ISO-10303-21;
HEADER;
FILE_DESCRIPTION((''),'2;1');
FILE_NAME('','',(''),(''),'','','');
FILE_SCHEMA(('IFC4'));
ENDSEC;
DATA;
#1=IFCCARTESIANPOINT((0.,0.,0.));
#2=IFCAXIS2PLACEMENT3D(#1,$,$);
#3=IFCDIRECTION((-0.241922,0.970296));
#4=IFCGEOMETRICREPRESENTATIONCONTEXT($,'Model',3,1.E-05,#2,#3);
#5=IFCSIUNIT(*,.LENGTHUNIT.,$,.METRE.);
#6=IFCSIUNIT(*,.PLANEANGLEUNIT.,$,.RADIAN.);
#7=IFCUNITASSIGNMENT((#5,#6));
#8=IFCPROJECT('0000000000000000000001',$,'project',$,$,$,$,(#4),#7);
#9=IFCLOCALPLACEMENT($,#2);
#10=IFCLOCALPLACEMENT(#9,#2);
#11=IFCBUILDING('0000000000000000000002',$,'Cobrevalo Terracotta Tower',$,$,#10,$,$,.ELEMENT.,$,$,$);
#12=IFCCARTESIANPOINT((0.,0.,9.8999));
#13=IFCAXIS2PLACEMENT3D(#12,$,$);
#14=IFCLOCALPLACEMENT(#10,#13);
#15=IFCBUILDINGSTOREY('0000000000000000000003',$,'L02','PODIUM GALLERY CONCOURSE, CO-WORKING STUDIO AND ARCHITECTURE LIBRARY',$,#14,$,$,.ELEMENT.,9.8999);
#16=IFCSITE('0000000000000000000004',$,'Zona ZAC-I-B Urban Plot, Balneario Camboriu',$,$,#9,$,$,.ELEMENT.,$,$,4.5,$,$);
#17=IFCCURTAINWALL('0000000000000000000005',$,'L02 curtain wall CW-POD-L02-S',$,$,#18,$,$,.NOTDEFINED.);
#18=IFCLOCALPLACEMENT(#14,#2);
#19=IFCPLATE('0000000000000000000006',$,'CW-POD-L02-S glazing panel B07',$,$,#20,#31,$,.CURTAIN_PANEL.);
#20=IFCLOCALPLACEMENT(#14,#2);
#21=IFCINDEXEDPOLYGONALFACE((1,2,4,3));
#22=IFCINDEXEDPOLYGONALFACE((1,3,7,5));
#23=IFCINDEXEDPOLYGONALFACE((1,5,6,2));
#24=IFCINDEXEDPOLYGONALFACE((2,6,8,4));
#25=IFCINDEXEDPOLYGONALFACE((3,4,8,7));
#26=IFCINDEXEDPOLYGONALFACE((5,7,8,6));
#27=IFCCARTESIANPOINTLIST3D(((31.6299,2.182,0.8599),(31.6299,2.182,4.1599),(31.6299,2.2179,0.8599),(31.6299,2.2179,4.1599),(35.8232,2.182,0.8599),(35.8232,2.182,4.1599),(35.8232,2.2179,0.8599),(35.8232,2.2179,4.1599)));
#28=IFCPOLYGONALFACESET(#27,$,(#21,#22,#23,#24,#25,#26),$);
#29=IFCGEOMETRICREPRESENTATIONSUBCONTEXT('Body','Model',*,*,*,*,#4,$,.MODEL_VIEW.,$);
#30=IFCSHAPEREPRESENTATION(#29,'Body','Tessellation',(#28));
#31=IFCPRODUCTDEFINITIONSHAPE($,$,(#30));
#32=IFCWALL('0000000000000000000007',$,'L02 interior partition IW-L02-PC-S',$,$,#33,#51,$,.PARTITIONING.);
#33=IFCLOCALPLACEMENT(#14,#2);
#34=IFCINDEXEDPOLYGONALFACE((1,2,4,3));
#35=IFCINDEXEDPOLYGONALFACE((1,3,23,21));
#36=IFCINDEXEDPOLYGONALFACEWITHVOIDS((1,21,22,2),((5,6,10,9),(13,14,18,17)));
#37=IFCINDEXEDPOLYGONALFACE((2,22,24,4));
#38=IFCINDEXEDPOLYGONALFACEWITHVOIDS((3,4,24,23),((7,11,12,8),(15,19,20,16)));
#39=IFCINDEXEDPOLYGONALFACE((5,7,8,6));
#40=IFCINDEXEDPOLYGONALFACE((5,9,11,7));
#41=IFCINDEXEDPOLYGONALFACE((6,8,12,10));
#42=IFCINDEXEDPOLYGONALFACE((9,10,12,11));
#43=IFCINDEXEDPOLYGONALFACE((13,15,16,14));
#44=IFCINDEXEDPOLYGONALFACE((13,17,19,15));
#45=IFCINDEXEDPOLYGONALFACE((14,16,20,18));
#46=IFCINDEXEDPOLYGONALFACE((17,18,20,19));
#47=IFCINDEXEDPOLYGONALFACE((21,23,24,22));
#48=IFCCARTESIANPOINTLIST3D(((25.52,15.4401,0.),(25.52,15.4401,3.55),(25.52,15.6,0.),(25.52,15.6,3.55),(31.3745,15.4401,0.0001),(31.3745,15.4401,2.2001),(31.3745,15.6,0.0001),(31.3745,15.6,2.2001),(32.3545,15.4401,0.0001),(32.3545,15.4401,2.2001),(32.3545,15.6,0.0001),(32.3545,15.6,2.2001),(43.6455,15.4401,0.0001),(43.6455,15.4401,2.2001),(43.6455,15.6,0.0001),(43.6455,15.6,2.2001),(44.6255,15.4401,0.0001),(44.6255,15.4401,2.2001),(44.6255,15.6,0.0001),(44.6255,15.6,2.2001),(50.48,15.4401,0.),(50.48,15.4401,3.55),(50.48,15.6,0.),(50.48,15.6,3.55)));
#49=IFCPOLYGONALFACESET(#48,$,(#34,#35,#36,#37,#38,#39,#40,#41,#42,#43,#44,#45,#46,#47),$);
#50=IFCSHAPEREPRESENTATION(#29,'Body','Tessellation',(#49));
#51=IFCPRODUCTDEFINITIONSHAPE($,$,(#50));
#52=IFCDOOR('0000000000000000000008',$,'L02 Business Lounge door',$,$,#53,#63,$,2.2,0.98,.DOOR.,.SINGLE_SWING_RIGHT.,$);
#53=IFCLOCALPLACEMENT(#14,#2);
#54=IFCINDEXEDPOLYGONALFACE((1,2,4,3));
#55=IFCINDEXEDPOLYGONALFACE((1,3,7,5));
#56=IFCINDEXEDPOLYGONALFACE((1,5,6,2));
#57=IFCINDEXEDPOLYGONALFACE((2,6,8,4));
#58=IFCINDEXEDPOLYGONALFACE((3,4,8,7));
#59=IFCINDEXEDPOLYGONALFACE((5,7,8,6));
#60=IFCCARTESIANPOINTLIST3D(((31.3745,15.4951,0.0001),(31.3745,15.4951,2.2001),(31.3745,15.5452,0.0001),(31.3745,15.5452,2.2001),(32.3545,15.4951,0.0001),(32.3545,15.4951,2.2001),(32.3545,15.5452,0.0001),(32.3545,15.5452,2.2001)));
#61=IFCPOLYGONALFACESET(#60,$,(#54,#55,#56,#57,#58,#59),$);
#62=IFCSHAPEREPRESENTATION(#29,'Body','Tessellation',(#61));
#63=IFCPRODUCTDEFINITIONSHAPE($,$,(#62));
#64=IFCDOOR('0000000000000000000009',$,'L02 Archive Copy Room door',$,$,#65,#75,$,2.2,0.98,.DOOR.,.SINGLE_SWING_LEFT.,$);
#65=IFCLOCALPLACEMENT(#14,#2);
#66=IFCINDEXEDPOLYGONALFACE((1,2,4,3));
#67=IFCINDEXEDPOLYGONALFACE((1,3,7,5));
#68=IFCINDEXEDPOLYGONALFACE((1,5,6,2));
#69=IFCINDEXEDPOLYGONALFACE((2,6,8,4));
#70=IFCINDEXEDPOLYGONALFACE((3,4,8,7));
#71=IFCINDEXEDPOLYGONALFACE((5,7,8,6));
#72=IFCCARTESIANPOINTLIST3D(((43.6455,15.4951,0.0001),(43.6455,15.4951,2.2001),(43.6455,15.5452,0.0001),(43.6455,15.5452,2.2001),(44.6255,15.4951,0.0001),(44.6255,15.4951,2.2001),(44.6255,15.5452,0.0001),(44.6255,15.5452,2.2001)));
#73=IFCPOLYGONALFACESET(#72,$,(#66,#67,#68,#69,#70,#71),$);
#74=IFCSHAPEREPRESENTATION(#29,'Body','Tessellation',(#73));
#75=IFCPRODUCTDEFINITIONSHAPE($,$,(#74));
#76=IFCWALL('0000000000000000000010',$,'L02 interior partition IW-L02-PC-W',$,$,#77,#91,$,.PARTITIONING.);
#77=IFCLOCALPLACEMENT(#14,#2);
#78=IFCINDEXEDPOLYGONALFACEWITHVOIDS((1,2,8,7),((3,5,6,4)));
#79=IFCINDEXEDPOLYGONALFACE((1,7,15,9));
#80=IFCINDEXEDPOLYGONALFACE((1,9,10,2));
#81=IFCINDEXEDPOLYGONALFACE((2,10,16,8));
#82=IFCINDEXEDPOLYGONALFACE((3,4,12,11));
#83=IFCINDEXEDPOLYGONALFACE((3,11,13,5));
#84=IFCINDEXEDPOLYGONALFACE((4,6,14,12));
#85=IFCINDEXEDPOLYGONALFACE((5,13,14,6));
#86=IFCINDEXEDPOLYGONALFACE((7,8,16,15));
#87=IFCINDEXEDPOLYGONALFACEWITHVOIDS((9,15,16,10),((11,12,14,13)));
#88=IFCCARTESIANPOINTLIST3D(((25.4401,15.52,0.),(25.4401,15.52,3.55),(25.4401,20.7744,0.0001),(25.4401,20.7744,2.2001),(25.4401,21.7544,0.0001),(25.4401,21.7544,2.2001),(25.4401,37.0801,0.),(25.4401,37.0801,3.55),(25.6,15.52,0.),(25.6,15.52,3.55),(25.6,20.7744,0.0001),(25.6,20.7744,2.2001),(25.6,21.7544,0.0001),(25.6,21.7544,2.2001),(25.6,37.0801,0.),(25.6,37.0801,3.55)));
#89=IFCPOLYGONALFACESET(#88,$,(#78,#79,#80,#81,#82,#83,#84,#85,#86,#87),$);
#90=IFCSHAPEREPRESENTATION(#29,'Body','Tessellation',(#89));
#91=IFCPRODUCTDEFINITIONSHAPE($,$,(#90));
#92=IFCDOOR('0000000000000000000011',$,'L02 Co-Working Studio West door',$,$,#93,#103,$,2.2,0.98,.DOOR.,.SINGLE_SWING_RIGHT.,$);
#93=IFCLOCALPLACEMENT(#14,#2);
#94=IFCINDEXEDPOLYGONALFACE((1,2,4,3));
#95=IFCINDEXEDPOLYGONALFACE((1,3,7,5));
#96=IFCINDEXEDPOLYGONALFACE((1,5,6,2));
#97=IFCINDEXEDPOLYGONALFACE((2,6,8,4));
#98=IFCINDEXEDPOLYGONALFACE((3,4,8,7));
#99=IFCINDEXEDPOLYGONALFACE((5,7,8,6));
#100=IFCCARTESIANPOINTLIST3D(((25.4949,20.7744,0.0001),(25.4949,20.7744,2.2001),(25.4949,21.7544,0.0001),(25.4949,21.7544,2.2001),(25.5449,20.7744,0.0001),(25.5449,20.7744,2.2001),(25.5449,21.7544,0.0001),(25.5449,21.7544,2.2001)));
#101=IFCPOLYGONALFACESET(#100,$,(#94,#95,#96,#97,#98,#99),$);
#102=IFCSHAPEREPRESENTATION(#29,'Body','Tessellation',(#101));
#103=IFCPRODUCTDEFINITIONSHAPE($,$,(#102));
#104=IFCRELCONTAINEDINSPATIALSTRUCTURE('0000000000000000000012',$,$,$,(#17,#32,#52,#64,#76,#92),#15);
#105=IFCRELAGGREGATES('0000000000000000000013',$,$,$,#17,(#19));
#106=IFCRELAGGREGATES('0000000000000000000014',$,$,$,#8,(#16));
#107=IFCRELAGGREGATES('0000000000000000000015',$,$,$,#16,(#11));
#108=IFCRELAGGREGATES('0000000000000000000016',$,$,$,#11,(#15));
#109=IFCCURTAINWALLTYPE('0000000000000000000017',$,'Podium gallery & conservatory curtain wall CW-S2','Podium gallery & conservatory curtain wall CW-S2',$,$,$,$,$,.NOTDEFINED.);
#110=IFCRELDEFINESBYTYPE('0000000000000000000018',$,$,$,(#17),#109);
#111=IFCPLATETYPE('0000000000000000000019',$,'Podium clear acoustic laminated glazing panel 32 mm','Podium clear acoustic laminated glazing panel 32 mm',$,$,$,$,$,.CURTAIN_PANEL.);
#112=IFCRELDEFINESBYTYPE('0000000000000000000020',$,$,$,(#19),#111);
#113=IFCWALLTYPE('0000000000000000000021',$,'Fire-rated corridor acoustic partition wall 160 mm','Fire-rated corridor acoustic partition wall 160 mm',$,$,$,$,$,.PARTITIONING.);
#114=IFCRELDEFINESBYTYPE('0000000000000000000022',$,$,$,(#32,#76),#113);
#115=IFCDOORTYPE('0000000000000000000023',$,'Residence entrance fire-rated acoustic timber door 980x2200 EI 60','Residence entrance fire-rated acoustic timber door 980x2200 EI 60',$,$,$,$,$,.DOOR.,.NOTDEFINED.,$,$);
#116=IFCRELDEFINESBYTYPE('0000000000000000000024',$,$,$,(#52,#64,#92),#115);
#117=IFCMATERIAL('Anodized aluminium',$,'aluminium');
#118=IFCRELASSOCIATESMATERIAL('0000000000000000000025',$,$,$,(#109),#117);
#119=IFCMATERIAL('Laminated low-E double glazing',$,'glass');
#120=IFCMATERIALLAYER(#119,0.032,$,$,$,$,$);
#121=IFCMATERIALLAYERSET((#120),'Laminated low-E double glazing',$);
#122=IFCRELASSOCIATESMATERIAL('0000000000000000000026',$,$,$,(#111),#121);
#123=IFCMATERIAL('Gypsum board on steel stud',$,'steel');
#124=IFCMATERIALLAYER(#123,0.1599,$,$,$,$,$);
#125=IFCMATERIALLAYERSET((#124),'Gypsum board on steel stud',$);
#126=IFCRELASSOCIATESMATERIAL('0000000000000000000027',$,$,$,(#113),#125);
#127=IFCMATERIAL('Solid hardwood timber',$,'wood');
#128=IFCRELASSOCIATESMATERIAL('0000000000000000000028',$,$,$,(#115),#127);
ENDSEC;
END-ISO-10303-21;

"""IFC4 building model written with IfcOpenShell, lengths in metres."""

from ifc_helpers import new_model, si_unit, direction, frame, frame_2d, origin, origin_2d, place, context, subcontext, project, spatial, rectangle, extrude, source, transform, mapped, material, layer, layer_set, type_object, element, fill, aggregate, save


model = new_model("IFC4")

# Units and contexts
model_context = context("Model", 3, precision=1e-05, world=origin(), true_north=direction((-0.241922, 0.970296)))
body_context = subcontext(model_context, "Body", "Model", "MODEL_VIEW")
ifc_project = project(units=[si_unit("LENGTHUNIT", "METRE"), si_unit("PLANEANGLEUNIT", "RADIAN")], contexts=[model_context])

# Site, building, storey
site_placement = place(None, origin())
site = spatial("IfcSite", under=ifc_project, at=site_placement, Name="Zona ZAC-I-B Urban Plot, Balneario Camboriu", CompositionType="ELEMENT", RefElevation=4.5)
building_placement = place(site_placement, origin())
building = spatial("IfcBuilding", under=site, at=building_placement, Name="Cobrevalo Terracotta Tower", CompositionType="ELEMENT")
storey_placement = place(building_placement, frame((0.0, 0.0, 9.8999)))
storey = spatial("IfcBuildingStorey", under=building, at=storey_placement, Name="L02", Description="PODIUM GALLERY CONCOURSE, CO-WORKING STUDIO AND ARCHITECTURE LIBRARY", CompositionType="ELEMENT", Elevation=9.8999)

# Curtain wall, plate
ifc_material_1 = material(Name="Anodized aluminium", Category="aluminium")
curtain_wall_type = type_object("IfcCurtainWallType", Name="Podium gallery & conservatory curtain wall CW-S2", Description="Podium gallery & conservatory curtain wall CW-S2", PredefinedType="NOTDEFINED", material=ifc_material_1)
curtain_wall_placement = place(storey_placement, origin())
curtain_wall = element("IfcCurtainWall", 1, at=curtain_wall_placement, inside=storey, type_object=curtain_wall_type, Name="L02 curtain wall CW-POD-L02-S", PredefinedType="NOTDEFINED")
ifc_material_2 = material(Name="Laminated low-E double glazing", Category="glass")
ifc_layer_1 = layer(ifc_material_2, 0.032)
ifc_layer_set_1 = layer_set([ifc_layer_1], Name="Laminated low-E double glazing")
plate_type_1 = type_object("IfcPlateType", Name="Podium clear acoustic laminated glazing panel 32 mm", Description="Podium clear acoustic laminated glazing panel 32 mm", PredefinedType="CURTAIN_PANEL", material=ifc_layer_set_1)
shared_shape_1 = source(origin(), body_context, "Body", "SweptSolid", [
    extrude(rectangle(XDim=4.1934, YDim=0.0359, at=origin_2d()), origin(), (0.0, 0.0, 1.0), 3.3),
])
plate_1_placement = place(storey_placement, frame((33.7266, 2.2, 0.8599), z_axis=(0.0, 0.0, 1.0), x_axis=(1.0, 0.0, 0.0)))
plate_1 = element("IfcPlate", 2, at=plate_1_placement, type_object=plate_type_1, Name="CW-POD-L02-S glazing panel B07", PredefinedType="CURTAIN_PANEL", context=body_context, shape_type="MappedRepresentation", body=[
    mapped(shared_shape_1, transform((0.0, 0.0, 0.0), scale=1.0)),
])
aggregate(curtain_wall, [plate_1])

# Wall, openings, doors
ifc_material_3 = material(Name="Gypsum board on steel stud", Category="steel")
ifc_layer_2 = layer(ifc_material_3, 0.1599)
ifc_layer_set_2 = layer_set([ifc_layer_2], Name="Gypsum board on steel stud")
wall_type = type_object("IfcWallType", Name="Fire-rated corridor acoustic partition wall 160 mm", Description="Fire-rated corridor acoustic partition wall 160 mm", PredefinedType="PARTITIONING", material=ifc_layer_set_2)
wall_1_placement = place(storey_placement, frame((25.52, 15.52, 0.0), z_axis=(0.0, 0.0, 1.0), x_axis=(1.0, 0.0, 0.0)))
wall_1 = element("IfcWall", 3, at=wall_1_placement, inside=storey, type_object=wall_type, Name="L02 interior partition IW-L02-PC-S", PredefinedType="PARTITIONING", context=body_context, shape_type="SweptSolid", body=[
    extrude(rectangle(XDim=24.96, YDim=0.1599, at=frame_2d((12.48, 0.0))), origin(), (0.0, 0.0, 1.0), 3.55),
])
opening_1_placement = place(wall_1_placement, frame((5.8545, 0.0, 0.0)))
opening_1 = element("IfcOpeningElement", 4, at=opening_1_placement, cuts=wall_1, PredefinedType="OPENING", context=body_context, shape_type="SweptSolid", body=[
    extrude(rectangle(XDim=0.98, YDim=2.2, at=frame_2d((0.49, 1.1001))), frame((0.0, 0.0898, 0.0), z_axis=(0.0, -1.0, 0.0), x_axis=(1.0, 0.0, 0.0)), (0.0, 0.0, 1.0), 0.1799),
])
opening_2_placement = place(wall_1_placement, frame((18.1255, 0.0, 0.0)))
opening_2 = element("IfcOpeningElement", 5, at=opening_2_placement, cuts=wall_1, PredefinedType="OPENING", context=body_context, shape_type="SweptSolid", body=[
    extrude(rectangle(XDim=0.98, YDim=2.2, at=frame_2d((0.49, 1.1001))), frame((0.0, 0.0898, 0.0), z_axis=(0.0, -1.0, 0.0), x_axis=(1.0, 0.0, 0.0)), (0.0, 0.0, 1.0), 0.1799),
])
ifc_material_4 = material(Name="Solid hardwood timber", Category="wood")
door_type = type_object("IfcDoorType", Name="Residence entrance fire-rated acoustic timber door 980x2200 EI 60", Description="Residence entrance fire-rated acoustic timber door 980x2200 EI 60", OperationType="NOTDEFINED", PredefinedType="DOOR", material=ifc_material_4)
shared_shape_2 = source(origin(), body_context, "Body", "SweptSolid", [
    extrude(rectangle(XDim=0.98, YDim=2.2, at=frame_2d((0.49, 1.1001))), frame((0.0, 0.0249, 0.0), z_axis=(0.0, -1.0, 0.0), x_axis=(1.0, 0.0, 0.0)), (0.0, 0.0, 1.0), 0.05),
])
door_1_placement = place(opening_1_placement, frame((0.98, 0.0, 0.0), z_axis=(0.0, 0.0, 1.0), x_axis=(-1.0, 0.0, 0.0)))
door_1 = element("IfcDoor", 6, at=door_1_placement, inside=storey, type_object=door_type, Name="L02 Business Lounge door", OperationType="SINGLE_SWING_RIGHT", OverallHeight=2.2, OverallWidth=0.98, PredefinedType="DOOR", context=body_context, shape_type="MappedRepresentation", body=[
    mapped(shared_shape_2, transform((0.0, 0.0, 0.0), scale=1.0)),
])
fill(opening_1, door_1)
door_2_placement = place(opening_2_placement, frame((0.98, 0.0, 0.0), z_axis=(0.0, 0.0, 1.0), x_axis=(-1.0, 0.0, 0.0)))
door_2 = element("IfcDoor", 7, at=door_2_placement, inside=storey, type_object=door_type, Name="L02 Archive Copy Room door", OperationType="SINGLE_SWING_LEFT", OverallHeight=2.2, OverallWidth=0.98, PredefinedType="DOOR", context=body_context, shape_type="MappedRepresentation", body=[
    mapped(shared_shape_2, transform((0.0, 0.0, 0.0), scale=1.0)),
])
fill(opening_2, door_2)

# Wall, opening, door
wall_2_placement = place(storey_placement, frame((25.52, 15.52, 0.0), z_axis=(0.0, 0.0, 1.0), x_axis=(0.0, 1.0, 0.0)))
wall_2 = element("IfcWall", 8, at=wall_2_placement, inside=storey, type_object=wall_type, Name="L02 interior partition IW-L02-PC-W", PredefinedType="PARTITIONING", context=body_context, shape_type="SweptSolid", body=[
    extrude(rectangle(XDim=21.5601, YDim=0.1599, at=frame_2d((10.78, 0.0))), origin(), (0.0, 0.0, 1.0), 3.55),
])
opening_3_placement = place(wall_2_placement, frame((5.2544, 0.0, 0.0)))
opening_3 = element("IfcOpeningElement", 9, at=opening_3_placement, cuts=wall_2, PredefinedType="OPENING", context=body_context, shape_type="SweptSolid", body=[
    extrude(rectangle(XDim=0.98, YDim=2.2, at=frame_2d((0.49, 1.1001))), frame((0.0, 0.0898, 0.0), z_axis=(0.0, -1.0, 0.0), x_axis=(1.0, 0.0, 0.0)), (0.0, 0.0, 1.0), 0.1799),
])
door_3_placement = place(opening_3_placement, frame((0.98, 0.0, 0.0), z_axis=(0.0, 0.0, 1.0), x_axis=(-1.0, 0.0, 0.0)))
door_3 = element("IfcDoor", 10, at=door_3_placement, inside=storey, type_object=door_type, Name="L02 Co-Working Studio West door", OperationType="SINGLE_SWING_RIGHT", OverallHeight=2.2, OverallWidth=0.98, PredefinedType="DOOR", context=body_context, shape_type="MappedRepresentation", body=[
    mapped(shared_shape_2, transform((0.0, 0.0, 0.0), scale=1.0)),
])
fill(opening_3, door_3)

save(model, "model.ifc")
